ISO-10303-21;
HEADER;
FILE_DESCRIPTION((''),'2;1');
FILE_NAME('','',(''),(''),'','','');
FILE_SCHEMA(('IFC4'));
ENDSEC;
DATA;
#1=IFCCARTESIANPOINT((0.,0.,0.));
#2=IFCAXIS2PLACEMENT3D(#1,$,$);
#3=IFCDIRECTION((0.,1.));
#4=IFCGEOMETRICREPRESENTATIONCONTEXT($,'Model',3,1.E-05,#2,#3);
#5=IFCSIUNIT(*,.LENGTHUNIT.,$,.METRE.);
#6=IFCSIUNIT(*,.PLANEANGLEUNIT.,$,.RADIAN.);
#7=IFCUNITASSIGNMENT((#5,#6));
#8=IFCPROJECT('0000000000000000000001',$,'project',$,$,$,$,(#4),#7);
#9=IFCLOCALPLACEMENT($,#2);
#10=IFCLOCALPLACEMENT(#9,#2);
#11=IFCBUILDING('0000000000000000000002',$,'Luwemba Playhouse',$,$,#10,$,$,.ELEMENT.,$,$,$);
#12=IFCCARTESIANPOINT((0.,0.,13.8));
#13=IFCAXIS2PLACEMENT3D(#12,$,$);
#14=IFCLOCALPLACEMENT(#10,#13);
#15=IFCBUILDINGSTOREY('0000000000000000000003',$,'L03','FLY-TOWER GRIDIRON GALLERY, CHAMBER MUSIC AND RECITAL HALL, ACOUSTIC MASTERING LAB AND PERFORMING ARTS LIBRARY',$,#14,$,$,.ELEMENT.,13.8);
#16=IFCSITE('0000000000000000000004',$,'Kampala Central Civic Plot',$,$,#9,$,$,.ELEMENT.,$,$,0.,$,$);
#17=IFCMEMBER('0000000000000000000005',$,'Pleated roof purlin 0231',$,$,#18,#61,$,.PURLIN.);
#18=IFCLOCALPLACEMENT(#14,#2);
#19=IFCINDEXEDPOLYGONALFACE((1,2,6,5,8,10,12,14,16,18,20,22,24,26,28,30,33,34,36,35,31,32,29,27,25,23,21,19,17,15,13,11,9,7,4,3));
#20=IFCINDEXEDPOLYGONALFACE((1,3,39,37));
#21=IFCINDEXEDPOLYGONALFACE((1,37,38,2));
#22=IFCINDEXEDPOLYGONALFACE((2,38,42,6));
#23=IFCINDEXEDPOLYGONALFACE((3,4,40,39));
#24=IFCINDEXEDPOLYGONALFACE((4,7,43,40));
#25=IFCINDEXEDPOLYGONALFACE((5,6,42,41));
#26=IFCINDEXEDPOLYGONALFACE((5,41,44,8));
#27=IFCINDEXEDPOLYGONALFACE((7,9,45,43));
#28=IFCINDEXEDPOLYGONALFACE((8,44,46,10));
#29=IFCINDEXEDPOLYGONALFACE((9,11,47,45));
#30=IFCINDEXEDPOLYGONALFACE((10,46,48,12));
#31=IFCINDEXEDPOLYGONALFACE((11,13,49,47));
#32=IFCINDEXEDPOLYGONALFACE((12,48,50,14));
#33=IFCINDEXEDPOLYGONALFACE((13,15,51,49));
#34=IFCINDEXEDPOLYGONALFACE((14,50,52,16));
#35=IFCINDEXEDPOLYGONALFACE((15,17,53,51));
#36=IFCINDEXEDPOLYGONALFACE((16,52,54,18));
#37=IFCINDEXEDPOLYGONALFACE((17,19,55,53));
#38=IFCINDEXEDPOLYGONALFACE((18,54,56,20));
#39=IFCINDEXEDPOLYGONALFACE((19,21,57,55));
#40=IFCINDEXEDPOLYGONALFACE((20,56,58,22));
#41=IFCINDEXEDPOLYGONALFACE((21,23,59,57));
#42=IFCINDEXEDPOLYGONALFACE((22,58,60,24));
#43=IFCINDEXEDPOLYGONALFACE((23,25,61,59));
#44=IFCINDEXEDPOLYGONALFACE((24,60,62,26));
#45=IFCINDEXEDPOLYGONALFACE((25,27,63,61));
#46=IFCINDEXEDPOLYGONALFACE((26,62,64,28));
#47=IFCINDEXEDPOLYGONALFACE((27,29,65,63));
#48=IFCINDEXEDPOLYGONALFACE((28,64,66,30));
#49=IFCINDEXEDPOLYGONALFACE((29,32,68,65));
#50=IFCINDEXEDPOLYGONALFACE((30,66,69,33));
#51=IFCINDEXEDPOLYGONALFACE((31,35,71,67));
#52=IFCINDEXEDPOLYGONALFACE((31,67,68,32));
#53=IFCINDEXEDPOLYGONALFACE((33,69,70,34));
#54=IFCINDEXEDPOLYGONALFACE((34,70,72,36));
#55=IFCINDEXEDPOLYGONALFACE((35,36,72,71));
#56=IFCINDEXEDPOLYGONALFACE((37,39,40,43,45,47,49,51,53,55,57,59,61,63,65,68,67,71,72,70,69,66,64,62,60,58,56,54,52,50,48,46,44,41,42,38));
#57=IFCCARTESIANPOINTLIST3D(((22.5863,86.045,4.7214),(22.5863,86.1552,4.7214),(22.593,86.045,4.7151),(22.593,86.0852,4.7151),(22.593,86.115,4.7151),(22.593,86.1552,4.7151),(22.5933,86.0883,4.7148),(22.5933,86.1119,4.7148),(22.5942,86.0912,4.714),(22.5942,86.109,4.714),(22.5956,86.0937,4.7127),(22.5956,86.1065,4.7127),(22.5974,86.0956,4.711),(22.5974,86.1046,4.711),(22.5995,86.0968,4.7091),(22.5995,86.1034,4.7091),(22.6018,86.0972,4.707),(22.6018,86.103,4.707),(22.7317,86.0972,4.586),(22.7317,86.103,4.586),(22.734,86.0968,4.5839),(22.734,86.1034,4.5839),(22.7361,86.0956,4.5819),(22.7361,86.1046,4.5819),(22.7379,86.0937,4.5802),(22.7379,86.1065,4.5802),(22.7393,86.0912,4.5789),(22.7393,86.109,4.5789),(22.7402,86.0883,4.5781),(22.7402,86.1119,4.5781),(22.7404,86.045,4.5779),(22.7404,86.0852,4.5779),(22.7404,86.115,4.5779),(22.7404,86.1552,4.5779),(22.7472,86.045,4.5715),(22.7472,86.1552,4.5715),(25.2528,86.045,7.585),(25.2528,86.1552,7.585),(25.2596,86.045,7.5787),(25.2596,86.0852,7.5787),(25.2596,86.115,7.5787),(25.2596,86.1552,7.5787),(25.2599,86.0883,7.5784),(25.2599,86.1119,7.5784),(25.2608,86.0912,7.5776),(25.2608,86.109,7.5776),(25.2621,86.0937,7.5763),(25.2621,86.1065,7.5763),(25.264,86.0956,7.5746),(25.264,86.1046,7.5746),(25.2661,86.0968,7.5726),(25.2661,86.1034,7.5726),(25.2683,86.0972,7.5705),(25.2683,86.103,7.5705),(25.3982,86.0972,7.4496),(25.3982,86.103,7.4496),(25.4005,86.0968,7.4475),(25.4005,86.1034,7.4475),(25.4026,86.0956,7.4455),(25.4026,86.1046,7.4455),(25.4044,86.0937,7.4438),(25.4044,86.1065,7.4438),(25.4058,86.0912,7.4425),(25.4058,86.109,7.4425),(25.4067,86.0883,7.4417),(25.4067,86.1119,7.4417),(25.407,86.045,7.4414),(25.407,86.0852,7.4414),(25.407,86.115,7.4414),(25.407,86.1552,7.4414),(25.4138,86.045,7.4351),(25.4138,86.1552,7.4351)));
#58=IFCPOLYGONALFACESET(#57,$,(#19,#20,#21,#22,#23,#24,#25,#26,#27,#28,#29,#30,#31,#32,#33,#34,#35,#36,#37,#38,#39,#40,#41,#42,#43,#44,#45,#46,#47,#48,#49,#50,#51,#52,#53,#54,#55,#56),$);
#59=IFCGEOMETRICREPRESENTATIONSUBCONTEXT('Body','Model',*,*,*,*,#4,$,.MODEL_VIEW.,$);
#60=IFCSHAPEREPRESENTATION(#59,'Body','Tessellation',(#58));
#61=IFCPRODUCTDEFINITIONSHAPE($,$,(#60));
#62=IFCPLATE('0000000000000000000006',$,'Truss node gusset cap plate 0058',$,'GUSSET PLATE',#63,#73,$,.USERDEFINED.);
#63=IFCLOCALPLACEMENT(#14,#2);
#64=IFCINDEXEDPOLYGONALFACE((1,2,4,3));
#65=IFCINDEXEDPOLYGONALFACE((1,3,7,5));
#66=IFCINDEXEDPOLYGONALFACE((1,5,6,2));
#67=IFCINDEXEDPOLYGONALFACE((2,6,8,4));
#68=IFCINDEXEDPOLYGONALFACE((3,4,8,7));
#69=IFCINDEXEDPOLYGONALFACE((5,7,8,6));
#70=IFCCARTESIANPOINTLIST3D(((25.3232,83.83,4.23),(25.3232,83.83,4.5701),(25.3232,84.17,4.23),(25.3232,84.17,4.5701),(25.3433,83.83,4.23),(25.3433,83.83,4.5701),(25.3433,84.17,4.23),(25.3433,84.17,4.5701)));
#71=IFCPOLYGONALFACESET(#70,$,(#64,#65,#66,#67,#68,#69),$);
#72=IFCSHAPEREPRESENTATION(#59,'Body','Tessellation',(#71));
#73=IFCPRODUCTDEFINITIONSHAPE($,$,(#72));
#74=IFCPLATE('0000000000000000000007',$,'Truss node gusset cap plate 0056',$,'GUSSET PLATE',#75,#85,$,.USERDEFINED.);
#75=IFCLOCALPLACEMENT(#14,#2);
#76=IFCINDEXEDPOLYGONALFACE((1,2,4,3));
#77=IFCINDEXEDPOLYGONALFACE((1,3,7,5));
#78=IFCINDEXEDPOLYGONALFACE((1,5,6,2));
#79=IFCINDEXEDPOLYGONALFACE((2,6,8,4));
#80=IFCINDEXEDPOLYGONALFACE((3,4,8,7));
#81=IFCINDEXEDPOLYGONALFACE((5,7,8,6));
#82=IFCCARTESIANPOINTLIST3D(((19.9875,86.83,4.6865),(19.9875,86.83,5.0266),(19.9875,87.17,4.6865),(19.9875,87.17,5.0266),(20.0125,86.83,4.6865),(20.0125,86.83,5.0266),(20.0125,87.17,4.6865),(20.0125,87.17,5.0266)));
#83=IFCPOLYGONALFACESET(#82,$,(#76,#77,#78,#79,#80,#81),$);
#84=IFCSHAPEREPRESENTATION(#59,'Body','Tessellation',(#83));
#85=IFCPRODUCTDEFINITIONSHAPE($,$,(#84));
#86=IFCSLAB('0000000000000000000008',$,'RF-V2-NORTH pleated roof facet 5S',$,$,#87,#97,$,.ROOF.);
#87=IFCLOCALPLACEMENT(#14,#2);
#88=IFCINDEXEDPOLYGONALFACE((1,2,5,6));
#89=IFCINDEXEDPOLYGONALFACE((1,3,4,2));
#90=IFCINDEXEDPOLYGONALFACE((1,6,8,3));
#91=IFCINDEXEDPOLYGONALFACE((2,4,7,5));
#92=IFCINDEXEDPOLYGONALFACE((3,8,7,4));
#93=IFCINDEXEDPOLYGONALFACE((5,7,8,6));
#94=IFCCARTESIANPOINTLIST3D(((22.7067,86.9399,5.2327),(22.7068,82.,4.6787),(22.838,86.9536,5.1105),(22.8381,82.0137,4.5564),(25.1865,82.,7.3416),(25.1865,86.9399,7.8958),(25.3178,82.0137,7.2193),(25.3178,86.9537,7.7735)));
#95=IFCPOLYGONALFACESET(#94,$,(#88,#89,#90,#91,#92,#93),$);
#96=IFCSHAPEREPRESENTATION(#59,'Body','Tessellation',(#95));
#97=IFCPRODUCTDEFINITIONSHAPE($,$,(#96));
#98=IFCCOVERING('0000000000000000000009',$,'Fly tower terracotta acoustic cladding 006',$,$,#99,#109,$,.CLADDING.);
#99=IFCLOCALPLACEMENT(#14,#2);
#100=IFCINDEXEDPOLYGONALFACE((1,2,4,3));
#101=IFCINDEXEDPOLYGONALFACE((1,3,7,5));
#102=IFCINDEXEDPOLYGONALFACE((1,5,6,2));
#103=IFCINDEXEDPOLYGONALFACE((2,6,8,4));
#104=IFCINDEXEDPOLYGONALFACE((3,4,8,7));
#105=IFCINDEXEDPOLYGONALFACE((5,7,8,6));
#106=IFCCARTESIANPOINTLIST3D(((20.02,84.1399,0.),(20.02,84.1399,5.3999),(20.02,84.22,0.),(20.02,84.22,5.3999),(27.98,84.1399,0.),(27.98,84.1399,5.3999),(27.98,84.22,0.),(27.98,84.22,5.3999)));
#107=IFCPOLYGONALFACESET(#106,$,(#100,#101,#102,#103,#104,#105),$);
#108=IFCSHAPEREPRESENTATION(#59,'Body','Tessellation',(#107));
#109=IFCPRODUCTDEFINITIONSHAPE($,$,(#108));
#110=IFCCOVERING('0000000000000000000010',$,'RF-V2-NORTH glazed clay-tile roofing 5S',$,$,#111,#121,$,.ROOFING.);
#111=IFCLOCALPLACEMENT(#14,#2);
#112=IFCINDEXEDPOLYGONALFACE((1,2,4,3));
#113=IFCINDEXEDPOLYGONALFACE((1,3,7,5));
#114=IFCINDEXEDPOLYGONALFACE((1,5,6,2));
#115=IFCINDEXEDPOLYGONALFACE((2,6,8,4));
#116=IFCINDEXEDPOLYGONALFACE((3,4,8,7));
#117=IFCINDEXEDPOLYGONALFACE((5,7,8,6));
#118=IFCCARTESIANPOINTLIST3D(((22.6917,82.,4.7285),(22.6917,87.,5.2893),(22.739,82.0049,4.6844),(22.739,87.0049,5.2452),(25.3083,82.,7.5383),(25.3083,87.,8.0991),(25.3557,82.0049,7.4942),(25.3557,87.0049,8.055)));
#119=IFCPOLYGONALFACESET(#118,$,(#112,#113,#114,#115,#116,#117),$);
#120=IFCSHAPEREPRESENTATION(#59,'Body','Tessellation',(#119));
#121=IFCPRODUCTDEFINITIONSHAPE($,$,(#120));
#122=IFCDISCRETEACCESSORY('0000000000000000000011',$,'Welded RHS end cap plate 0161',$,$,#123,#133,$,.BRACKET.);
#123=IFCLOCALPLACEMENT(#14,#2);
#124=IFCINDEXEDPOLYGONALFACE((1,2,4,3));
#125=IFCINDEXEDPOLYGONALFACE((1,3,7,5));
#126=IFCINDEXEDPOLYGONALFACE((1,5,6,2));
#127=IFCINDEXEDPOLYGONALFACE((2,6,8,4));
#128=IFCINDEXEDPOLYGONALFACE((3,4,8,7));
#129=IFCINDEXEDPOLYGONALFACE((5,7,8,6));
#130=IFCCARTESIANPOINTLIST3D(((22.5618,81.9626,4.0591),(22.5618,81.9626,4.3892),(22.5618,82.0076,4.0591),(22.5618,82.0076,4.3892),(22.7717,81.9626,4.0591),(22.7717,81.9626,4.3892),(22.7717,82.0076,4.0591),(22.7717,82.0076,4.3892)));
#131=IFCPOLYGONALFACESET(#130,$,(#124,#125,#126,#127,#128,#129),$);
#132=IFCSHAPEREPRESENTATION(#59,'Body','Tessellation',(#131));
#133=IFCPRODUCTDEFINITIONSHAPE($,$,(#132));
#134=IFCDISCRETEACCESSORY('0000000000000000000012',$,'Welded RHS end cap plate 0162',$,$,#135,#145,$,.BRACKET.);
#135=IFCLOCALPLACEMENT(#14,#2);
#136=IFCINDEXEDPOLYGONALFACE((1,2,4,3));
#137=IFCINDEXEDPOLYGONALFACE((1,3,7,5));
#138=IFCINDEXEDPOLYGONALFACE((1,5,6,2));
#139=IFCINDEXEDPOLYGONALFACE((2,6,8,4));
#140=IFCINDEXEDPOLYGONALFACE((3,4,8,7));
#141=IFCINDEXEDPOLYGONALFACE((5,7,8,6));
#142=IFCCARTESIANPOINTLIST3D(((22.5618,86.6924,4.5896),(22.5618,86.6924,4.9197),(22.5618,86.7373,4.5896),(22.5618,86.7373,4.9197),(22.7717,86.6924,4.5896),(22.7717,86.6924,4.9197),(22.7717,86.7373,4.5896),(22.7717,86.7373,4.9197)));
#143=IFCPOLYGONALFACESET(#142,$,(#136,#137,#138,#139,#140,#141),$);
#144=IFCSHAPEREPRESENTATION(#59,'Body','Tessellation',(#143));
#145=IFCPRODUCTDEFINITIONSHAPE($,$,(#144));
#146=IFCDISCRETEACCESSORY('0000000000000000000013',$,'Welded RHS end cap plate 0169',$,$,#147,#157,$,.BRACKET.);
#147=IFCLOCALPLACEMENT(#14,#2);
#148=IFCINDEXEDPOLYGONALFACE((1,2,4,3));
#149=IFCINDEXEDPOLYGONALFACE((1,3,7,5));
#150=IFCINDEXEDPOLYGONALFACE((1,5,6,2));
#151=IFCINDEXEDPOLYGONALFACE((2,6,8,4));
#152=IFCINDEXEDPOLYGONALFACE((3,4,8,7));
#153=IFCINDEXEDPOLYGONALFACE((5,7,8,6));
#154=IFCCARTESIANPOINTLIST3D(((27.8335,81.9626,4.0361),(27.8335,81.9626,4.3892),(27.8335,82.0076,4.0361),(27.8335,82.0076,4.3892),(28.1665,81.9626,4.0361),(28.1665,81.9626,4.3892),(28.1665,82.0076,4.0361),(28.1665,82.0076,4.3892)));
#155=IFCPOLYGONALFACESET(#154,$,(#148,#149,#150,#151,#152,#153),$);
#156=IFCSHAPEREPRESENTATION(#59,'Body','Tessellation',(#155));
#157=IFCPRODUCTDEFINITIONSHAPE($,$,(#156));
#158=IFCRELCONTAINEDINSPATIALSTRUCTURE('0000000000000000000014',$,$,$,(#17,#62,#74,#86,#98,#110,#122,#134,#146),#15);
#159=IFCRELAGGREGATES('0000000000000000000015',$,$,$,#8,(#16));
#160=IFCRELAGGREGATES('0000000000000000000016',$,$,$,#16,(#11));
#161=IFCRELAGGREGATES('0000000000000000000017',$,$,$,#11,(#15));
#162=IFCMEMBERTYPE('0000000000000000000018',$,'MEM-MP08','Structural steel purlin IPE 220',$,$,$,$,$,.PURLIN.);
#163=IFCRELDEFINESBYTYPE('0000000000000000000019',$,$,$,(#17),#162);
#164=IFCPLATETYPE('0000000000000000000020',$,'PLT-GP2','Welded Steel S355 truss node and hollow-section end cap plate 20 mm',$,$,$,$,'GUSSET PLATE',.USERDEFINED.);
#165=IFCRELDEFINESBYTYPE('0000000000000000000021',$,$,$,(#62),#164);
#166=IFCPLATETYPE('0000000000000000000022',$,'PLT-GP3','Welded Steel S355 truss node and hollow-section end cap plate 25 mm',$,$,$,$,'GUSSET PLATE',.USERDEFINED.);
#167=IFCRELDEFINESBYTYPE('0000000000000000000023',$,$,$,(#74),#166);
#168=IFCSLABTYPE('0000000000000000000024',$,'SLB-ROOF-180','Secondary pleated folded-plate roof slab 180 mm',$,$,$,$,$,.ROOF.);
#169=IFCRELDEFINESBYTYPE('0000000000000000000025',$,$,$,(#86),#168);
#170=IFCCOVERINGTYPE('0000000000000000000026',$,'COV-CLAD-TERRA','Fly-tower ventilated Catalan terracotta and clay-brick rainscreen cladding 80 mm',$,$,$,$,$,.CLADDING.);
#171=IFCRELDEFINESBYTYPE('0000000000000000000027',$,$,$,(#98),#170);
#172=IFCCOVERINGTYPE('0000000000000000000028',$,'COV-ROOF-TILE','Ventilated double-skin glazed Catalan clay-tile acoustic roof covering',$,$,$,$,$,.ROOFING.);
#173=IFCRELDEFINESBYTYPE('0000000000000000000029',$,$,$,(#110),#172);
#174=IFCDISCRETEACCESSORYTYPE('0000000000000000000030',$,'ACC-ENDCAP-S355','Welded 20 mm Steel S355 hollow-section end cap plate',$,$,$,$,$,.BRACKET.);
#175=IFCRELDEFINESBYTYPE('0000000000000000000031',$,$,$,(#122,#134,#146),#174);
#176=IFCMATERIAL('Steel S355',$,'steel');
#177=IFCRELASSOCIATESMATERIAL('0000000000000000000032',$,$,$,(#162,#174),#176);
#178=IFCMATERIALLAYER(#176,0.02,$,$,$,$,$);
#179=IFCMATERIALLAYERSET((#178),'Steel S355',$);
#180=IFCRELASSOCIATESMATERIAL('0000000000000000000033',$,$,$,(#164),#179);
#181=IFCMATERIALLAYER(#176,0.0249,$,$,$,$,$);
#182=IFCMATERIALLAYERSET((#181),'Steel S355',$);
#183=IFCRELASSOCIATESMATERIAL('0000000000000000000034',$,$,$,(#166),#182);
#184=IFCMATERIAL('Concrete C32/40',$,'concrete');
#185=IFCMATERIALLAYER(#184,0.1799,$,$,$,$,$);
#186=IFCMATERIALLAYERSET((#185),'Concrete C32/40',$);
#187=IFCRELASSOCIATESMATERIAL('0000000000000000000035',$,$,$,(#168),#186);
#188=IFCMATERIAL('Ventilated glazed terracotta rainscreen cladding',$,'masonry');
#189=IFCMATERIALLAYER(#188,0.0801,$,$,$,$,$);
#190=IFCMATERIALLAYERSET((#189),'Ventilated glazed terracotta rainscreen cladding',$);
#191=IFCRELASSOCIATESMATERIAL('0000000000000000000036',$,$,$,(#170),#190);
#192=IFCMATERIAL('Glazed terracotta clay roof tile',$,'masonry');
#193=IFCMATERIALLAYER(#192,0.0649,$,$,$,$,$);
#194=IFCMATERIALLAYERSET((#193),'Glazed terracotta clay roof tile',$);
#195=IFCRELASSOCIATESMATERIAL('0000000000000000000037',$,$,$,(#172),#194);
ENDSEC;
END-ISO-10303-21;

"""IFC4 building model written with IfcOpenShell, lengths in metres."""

from ifc_helpers import new_model, si_unit, direction, frame, origin, origin_2d, place, context, subcontext, project, spatial, polyline, rectangle, i_section, outline, extrude, material, layer, layer_set, material_profile, profile_set, type_object, element, save


model = new_model("IFC4")

# Units and contexts
model_context = context("Model", 3, precision=1e-05, world=origin(), true_north=direction((0.0, 1.0)))
body_context = subcontext(model_context, "Body", "Model", "MODEL_VIEW")
ifc_project = project(units=[si_unit("LENGTHUNIT", "METRE"), si_unit("PLANEANGLEUNIT", "RADIAN")], contexts=[model_context])

# Site, building, storey
site_placement = place(None, origin())
site = spatial("IfcSite", under=ifc_project, at=site_placement, Name="Kampala Central Civic Plot", CompositionType="ELEMENT", RefElevation=0.0)
building_placement = place(site_placement, origin())
building = spatial("IfcBuilding", under=site, at=building_placement, Name="Luwemba Playhouse", CompositionType="ELEMENT")
storey_placement = place(building_placement, frame((0.0, 0.0, 13.8)))
storey = spatial("IfcBuildingStorey", under=building, at=storey_placement, Name="L03", Description="FLY-TOWER GRIDIRON GALLERY, CHAMBER MUSIC AND RECITAL HALL, ACOUSTIC MASTERING LAB AND PERFORMING ARTS LIBRARY", CompositionType="ELEMENT", Elevation=13.8)

# Shared definitions
ifc_material_1 = material(Name="Steel S355", Category="steel")

# Member
ifc_material_profile_1 = material_profile(ifc_material_1, i_section(OverallWidth=0.1101, OverallDepth=0.22, WebThickness=0.0059, FlangeThickness=0.0093, FilletRadius=0.012, at=origin_2d()))
ifc_profile_set_1 = profile_set([ifc_material_profile_1], Name="Steel S355")
member_type_1 = type_object("IfcMemberType", Name="MEM-MP08", Description="Structural steel purlin IPE 220", PredefinedType="PURLIN", material=ifc_profile_set_1)
member_1_placement = place(storey_placement, frame((22.6667, 86.1001, 4.6465), z_axis=(0.681482, 0.0, 0.731835), x_axis=(0.0, 1.0, 0.0)))
element("IfcMember", 1, at=member_1_placement, inside=storey, type_object=member_type_1, Name="Pleated roof purlin 0231", PredefinedType="PURLIN", context=body_context, shape_type="SweptSolid", body=[
    extrude(i_section(OverallWidth=0.1101, OverallDepth=0.22, WebThickness=0.0059, FlangeThickness=0.0093, FilletRadius=0.012, at=origin_2d()), origin(), (0.0, 0.0, 1.0), 3.9128),
])

# Plates
ifc_layer_1 = layer(ifc_material_1, 0.02)
ifc_layer_set_1 = layer_set([ifc_layer_1], Name="Steel S355")
plate_type_1 = type_object("IfcPlateType", Name="PLT-GP2", Description="Welded Steel S355 truss node and hollow-section end cap plate 20 mm", ElementType="GUSSET PLATE", PredefinedType="USERDEFINED", material=ifc_layer_set_1)
plate_1_placement = place(storey_placement, frame((25.3333, 84.0, 4.23), z_axis=(0.0, 0.0, 1.0), x_axis=(1.0, 0.0, 0.0)))
element("IfcPlate", 2, at=plate_1_placement, inside=storey, type_object=plate_type_1, Name="Truss node gusset cap plate 0058", ObjectType="GUSSET PLATE", PredefinedType="USERDEFINED", context=body_context, shape_type="SweptSolid", body=[
    extrude(rectangle(XDim=0.02, YDim=0.3401, at=origin_2d()), origin(), (0.0, 0.0, 1.0), 0.3401),
])
ifc_layer_2 = layer(ifc_material_1, 0.0249)
ifc_layer_set_2 = layer_set([ifc_layer_2], Name="Steel S355")
plate_type_2 = type_object("IfcPlateType", Name="PLT-GP3", Description="Welded Steel S355 truss node and hollow-section end cap plate 25 mm", ElementType="GUSSET PLATE", PredefinedType="USERDEFINED", material=ifc_layer_set_2)
plate_2_placement = place(storey_placement, frame((20.0, 87.0, 4.6865), z_axis=(0.0, 0.0, 1.0), x_axis=(1.0, 0.0, 0.0)))
element("IfcPlate", 3, at=plate_2_placement, inside=storey, type_object=plate_type_2, Name="Truss node gusset cap plate 0056", ObjectType="GUSSET PLATE", PredefinedType="USERDEFINED", context=body_context, shape_type="SweptSolid", body=[
    extrude(rectangle(XDim=0.0249, YDim=0.3401, at=origin_2d()), origin(), (0.0, 0.0, 1.0), 0.3401),
])

# Slab
ifc_material_2 = material(Name="Concrete C32/40", Category="concrete")
ifc_layer_3 = layer(ifc_material_2, 0.1799)
ifc_layer_set_3 = layer_set([ifc_layer_3], Name="Concrete C32/40")
slab_type = type_object("IfcSlabType", Name="SLB-ROOF-180", Description="Secondary pleated folded-plate roof slab 180 mm", PredefinedType="ROOF", material=ifc_layer_set_3)
slab_placement = place(storey_placement, frame((22.7068, 82.0, 4.6787), z_axis=(-0.729707, -0.076214, 0.679499), x_axis=(0.681481, -0.000002, 0.731836)))
element("IfcSlab", 4, at=slab_placement, inside=storey, type_object=slab_type, Name="RF-V2-NORTH pleated roof facet 5S", PredefinedType="ROOF", context=body_context, shape_type="SweptSolid", body=[
    extrude(outline(polyline([(0.0, 0.0), (3.6387, 0.0), (4.0442, 4.9544), (0.4054, 4.9543), (0.0, 0.0)])), origin(), (0.0, 0.0, -1.0), 0.1799),
])

# Coverings
ifc_material_3 = material(Name="Ventilated glazed terracotta rainscreen cladding", Category="masonry")
ifc_layer_4 = layer(ifc_material_3, 0.0801)
ifc_layer_set_4 = layer_set([ifc_layer_4], Name="Ventilated glazed terracotta rainscreen cladding")
covering_type_1 = type_object("IfcCoveringType", Name="COV-CLAD-TERRA", Description="Fly-tower ventilated Catalan terracotta and clay-brick rainscreen cladding 80 mm", PredefinedType="CLADDING", material=ifc_layer_set_4)
covering_1_placement = place(storey_placement, frame((24.0, 84.1799, 0.0), z_axis=(0.0, 0.0, 1.0), x_axis=(1.0, 0.0, 0.0)))
element("IfcCovering", 5, at=covering_1_placement, inside=storey, type_object=covering_type_1, Name="Fly tower terracotta acoustic cladding 006", PredefinedType="CLADDING", context=body_context, shape_type="SweptSolid", body=[
    extrude(rectangle(XDim=7.96, YDim=0.0801, at=origin_2d()), origin(), (0.0, 0.0, 1.0), 5.3999),
])
ifc_material_4 = material(Name="Glazed terracotta clay roof tile", Category="masonry")
ifc_layer_5 = layer(ifc_material_4, 0.0649)
ifc_layer_set_5 = layer_set([ifc_layer_5], Name="Glazed terracotta clay roof tile")
covering_type_2 = type_object("IfcCoveringType", Name="COV-ROOF-TILE", Description="Ventilated double-skin glazed Catalan clay-tile acoustic roof covering", PredefinedType="ROOFING", material=ifc_layer_set_5)
covering_2_placement = place(storey_placement, frame((22.6917, 82.0, 4.7285), z_axis=(-0.729679, -0.076215, 0.679529), x_axis=(0.681511, 0.0, 0.731808)))
element("IfcCovering", 6, at=covering_2_placement, inside=storey, type_object=covering_type_2, Name="RF-V2-NORTH glazed clay-tile roofing 5S", PredefinedType="ROOFING", context=body_context, shape_type="SweptSolid", body=[
    extrude(outline(polyline([(0.0, 0.0), (3.8396, 0.0), (4.2499, 5.0146), (0.4104, 5.0146), (0.0, 0.0)])), origin(), (0.0, 0.0, -1.0), 0.0649),
])

# Discrete accessories
discrete_accessory_type = type_object("IfcDiscreteAccessoryType", Name="ACC-ENDCAP-S355", Description="Welded 20 mm Steel S355 hollow-section end cap plate", PredefinedType="BRACKET", material=ifc_material_1)
for number, where, z_axis, x_axis, name in (
    (7, (22.6667, 81.9851, 4.0591), (0.0, 0.0, 1.0), (1.0, 0.0, 0.0), "Welded RHS end cap plate 0161"),
    (8, (22.6667, 86.7148, 4.5896), (0.0, 0.0, 1.0), (1.0, 0.0, 0.0), "Welded RHS end cap plate 0162"),
):
    element("IfcDiscreteAccessory", number, at=place(storey_placement, frame(where, z_axis=z_axis, x_axis=x_axis)), inside=storey, type_object=discrete_accessory_type, Name=name, PredefinedType="BRACKET", context=body_context, shape_type="SweptSolid", body=[
        extrude(rectangle(XDim=0.21, YDim=0.0449, at=origin_2d()), origin(), (0.0, 0.0, 1.0), 0.3301),
    ])
discrete_accessory_placement = place(storey_placement, frame((28.0, 81.9851, 4.0361), z_axis=(0.0, 0.0, 1.0), x_axis=(1.0, 0.0, 0.0)))
element("IfcDiscreteAccessory", 9, at=discrete_accessory_placement, inside=storey, type_object=discrete_accessory_type, Name="Welded RHS end cap plate 0169", PredefinedType="BRACKET", context=body_context, shape_type="SweptSolid", body=[
    extrude(rectangle(XDim=0.333, YDim=0.0449, at=origin_2d()), origin(), (0.0, 0.0, 1.0), 0.353),
])

save(model, "model.ifc")
